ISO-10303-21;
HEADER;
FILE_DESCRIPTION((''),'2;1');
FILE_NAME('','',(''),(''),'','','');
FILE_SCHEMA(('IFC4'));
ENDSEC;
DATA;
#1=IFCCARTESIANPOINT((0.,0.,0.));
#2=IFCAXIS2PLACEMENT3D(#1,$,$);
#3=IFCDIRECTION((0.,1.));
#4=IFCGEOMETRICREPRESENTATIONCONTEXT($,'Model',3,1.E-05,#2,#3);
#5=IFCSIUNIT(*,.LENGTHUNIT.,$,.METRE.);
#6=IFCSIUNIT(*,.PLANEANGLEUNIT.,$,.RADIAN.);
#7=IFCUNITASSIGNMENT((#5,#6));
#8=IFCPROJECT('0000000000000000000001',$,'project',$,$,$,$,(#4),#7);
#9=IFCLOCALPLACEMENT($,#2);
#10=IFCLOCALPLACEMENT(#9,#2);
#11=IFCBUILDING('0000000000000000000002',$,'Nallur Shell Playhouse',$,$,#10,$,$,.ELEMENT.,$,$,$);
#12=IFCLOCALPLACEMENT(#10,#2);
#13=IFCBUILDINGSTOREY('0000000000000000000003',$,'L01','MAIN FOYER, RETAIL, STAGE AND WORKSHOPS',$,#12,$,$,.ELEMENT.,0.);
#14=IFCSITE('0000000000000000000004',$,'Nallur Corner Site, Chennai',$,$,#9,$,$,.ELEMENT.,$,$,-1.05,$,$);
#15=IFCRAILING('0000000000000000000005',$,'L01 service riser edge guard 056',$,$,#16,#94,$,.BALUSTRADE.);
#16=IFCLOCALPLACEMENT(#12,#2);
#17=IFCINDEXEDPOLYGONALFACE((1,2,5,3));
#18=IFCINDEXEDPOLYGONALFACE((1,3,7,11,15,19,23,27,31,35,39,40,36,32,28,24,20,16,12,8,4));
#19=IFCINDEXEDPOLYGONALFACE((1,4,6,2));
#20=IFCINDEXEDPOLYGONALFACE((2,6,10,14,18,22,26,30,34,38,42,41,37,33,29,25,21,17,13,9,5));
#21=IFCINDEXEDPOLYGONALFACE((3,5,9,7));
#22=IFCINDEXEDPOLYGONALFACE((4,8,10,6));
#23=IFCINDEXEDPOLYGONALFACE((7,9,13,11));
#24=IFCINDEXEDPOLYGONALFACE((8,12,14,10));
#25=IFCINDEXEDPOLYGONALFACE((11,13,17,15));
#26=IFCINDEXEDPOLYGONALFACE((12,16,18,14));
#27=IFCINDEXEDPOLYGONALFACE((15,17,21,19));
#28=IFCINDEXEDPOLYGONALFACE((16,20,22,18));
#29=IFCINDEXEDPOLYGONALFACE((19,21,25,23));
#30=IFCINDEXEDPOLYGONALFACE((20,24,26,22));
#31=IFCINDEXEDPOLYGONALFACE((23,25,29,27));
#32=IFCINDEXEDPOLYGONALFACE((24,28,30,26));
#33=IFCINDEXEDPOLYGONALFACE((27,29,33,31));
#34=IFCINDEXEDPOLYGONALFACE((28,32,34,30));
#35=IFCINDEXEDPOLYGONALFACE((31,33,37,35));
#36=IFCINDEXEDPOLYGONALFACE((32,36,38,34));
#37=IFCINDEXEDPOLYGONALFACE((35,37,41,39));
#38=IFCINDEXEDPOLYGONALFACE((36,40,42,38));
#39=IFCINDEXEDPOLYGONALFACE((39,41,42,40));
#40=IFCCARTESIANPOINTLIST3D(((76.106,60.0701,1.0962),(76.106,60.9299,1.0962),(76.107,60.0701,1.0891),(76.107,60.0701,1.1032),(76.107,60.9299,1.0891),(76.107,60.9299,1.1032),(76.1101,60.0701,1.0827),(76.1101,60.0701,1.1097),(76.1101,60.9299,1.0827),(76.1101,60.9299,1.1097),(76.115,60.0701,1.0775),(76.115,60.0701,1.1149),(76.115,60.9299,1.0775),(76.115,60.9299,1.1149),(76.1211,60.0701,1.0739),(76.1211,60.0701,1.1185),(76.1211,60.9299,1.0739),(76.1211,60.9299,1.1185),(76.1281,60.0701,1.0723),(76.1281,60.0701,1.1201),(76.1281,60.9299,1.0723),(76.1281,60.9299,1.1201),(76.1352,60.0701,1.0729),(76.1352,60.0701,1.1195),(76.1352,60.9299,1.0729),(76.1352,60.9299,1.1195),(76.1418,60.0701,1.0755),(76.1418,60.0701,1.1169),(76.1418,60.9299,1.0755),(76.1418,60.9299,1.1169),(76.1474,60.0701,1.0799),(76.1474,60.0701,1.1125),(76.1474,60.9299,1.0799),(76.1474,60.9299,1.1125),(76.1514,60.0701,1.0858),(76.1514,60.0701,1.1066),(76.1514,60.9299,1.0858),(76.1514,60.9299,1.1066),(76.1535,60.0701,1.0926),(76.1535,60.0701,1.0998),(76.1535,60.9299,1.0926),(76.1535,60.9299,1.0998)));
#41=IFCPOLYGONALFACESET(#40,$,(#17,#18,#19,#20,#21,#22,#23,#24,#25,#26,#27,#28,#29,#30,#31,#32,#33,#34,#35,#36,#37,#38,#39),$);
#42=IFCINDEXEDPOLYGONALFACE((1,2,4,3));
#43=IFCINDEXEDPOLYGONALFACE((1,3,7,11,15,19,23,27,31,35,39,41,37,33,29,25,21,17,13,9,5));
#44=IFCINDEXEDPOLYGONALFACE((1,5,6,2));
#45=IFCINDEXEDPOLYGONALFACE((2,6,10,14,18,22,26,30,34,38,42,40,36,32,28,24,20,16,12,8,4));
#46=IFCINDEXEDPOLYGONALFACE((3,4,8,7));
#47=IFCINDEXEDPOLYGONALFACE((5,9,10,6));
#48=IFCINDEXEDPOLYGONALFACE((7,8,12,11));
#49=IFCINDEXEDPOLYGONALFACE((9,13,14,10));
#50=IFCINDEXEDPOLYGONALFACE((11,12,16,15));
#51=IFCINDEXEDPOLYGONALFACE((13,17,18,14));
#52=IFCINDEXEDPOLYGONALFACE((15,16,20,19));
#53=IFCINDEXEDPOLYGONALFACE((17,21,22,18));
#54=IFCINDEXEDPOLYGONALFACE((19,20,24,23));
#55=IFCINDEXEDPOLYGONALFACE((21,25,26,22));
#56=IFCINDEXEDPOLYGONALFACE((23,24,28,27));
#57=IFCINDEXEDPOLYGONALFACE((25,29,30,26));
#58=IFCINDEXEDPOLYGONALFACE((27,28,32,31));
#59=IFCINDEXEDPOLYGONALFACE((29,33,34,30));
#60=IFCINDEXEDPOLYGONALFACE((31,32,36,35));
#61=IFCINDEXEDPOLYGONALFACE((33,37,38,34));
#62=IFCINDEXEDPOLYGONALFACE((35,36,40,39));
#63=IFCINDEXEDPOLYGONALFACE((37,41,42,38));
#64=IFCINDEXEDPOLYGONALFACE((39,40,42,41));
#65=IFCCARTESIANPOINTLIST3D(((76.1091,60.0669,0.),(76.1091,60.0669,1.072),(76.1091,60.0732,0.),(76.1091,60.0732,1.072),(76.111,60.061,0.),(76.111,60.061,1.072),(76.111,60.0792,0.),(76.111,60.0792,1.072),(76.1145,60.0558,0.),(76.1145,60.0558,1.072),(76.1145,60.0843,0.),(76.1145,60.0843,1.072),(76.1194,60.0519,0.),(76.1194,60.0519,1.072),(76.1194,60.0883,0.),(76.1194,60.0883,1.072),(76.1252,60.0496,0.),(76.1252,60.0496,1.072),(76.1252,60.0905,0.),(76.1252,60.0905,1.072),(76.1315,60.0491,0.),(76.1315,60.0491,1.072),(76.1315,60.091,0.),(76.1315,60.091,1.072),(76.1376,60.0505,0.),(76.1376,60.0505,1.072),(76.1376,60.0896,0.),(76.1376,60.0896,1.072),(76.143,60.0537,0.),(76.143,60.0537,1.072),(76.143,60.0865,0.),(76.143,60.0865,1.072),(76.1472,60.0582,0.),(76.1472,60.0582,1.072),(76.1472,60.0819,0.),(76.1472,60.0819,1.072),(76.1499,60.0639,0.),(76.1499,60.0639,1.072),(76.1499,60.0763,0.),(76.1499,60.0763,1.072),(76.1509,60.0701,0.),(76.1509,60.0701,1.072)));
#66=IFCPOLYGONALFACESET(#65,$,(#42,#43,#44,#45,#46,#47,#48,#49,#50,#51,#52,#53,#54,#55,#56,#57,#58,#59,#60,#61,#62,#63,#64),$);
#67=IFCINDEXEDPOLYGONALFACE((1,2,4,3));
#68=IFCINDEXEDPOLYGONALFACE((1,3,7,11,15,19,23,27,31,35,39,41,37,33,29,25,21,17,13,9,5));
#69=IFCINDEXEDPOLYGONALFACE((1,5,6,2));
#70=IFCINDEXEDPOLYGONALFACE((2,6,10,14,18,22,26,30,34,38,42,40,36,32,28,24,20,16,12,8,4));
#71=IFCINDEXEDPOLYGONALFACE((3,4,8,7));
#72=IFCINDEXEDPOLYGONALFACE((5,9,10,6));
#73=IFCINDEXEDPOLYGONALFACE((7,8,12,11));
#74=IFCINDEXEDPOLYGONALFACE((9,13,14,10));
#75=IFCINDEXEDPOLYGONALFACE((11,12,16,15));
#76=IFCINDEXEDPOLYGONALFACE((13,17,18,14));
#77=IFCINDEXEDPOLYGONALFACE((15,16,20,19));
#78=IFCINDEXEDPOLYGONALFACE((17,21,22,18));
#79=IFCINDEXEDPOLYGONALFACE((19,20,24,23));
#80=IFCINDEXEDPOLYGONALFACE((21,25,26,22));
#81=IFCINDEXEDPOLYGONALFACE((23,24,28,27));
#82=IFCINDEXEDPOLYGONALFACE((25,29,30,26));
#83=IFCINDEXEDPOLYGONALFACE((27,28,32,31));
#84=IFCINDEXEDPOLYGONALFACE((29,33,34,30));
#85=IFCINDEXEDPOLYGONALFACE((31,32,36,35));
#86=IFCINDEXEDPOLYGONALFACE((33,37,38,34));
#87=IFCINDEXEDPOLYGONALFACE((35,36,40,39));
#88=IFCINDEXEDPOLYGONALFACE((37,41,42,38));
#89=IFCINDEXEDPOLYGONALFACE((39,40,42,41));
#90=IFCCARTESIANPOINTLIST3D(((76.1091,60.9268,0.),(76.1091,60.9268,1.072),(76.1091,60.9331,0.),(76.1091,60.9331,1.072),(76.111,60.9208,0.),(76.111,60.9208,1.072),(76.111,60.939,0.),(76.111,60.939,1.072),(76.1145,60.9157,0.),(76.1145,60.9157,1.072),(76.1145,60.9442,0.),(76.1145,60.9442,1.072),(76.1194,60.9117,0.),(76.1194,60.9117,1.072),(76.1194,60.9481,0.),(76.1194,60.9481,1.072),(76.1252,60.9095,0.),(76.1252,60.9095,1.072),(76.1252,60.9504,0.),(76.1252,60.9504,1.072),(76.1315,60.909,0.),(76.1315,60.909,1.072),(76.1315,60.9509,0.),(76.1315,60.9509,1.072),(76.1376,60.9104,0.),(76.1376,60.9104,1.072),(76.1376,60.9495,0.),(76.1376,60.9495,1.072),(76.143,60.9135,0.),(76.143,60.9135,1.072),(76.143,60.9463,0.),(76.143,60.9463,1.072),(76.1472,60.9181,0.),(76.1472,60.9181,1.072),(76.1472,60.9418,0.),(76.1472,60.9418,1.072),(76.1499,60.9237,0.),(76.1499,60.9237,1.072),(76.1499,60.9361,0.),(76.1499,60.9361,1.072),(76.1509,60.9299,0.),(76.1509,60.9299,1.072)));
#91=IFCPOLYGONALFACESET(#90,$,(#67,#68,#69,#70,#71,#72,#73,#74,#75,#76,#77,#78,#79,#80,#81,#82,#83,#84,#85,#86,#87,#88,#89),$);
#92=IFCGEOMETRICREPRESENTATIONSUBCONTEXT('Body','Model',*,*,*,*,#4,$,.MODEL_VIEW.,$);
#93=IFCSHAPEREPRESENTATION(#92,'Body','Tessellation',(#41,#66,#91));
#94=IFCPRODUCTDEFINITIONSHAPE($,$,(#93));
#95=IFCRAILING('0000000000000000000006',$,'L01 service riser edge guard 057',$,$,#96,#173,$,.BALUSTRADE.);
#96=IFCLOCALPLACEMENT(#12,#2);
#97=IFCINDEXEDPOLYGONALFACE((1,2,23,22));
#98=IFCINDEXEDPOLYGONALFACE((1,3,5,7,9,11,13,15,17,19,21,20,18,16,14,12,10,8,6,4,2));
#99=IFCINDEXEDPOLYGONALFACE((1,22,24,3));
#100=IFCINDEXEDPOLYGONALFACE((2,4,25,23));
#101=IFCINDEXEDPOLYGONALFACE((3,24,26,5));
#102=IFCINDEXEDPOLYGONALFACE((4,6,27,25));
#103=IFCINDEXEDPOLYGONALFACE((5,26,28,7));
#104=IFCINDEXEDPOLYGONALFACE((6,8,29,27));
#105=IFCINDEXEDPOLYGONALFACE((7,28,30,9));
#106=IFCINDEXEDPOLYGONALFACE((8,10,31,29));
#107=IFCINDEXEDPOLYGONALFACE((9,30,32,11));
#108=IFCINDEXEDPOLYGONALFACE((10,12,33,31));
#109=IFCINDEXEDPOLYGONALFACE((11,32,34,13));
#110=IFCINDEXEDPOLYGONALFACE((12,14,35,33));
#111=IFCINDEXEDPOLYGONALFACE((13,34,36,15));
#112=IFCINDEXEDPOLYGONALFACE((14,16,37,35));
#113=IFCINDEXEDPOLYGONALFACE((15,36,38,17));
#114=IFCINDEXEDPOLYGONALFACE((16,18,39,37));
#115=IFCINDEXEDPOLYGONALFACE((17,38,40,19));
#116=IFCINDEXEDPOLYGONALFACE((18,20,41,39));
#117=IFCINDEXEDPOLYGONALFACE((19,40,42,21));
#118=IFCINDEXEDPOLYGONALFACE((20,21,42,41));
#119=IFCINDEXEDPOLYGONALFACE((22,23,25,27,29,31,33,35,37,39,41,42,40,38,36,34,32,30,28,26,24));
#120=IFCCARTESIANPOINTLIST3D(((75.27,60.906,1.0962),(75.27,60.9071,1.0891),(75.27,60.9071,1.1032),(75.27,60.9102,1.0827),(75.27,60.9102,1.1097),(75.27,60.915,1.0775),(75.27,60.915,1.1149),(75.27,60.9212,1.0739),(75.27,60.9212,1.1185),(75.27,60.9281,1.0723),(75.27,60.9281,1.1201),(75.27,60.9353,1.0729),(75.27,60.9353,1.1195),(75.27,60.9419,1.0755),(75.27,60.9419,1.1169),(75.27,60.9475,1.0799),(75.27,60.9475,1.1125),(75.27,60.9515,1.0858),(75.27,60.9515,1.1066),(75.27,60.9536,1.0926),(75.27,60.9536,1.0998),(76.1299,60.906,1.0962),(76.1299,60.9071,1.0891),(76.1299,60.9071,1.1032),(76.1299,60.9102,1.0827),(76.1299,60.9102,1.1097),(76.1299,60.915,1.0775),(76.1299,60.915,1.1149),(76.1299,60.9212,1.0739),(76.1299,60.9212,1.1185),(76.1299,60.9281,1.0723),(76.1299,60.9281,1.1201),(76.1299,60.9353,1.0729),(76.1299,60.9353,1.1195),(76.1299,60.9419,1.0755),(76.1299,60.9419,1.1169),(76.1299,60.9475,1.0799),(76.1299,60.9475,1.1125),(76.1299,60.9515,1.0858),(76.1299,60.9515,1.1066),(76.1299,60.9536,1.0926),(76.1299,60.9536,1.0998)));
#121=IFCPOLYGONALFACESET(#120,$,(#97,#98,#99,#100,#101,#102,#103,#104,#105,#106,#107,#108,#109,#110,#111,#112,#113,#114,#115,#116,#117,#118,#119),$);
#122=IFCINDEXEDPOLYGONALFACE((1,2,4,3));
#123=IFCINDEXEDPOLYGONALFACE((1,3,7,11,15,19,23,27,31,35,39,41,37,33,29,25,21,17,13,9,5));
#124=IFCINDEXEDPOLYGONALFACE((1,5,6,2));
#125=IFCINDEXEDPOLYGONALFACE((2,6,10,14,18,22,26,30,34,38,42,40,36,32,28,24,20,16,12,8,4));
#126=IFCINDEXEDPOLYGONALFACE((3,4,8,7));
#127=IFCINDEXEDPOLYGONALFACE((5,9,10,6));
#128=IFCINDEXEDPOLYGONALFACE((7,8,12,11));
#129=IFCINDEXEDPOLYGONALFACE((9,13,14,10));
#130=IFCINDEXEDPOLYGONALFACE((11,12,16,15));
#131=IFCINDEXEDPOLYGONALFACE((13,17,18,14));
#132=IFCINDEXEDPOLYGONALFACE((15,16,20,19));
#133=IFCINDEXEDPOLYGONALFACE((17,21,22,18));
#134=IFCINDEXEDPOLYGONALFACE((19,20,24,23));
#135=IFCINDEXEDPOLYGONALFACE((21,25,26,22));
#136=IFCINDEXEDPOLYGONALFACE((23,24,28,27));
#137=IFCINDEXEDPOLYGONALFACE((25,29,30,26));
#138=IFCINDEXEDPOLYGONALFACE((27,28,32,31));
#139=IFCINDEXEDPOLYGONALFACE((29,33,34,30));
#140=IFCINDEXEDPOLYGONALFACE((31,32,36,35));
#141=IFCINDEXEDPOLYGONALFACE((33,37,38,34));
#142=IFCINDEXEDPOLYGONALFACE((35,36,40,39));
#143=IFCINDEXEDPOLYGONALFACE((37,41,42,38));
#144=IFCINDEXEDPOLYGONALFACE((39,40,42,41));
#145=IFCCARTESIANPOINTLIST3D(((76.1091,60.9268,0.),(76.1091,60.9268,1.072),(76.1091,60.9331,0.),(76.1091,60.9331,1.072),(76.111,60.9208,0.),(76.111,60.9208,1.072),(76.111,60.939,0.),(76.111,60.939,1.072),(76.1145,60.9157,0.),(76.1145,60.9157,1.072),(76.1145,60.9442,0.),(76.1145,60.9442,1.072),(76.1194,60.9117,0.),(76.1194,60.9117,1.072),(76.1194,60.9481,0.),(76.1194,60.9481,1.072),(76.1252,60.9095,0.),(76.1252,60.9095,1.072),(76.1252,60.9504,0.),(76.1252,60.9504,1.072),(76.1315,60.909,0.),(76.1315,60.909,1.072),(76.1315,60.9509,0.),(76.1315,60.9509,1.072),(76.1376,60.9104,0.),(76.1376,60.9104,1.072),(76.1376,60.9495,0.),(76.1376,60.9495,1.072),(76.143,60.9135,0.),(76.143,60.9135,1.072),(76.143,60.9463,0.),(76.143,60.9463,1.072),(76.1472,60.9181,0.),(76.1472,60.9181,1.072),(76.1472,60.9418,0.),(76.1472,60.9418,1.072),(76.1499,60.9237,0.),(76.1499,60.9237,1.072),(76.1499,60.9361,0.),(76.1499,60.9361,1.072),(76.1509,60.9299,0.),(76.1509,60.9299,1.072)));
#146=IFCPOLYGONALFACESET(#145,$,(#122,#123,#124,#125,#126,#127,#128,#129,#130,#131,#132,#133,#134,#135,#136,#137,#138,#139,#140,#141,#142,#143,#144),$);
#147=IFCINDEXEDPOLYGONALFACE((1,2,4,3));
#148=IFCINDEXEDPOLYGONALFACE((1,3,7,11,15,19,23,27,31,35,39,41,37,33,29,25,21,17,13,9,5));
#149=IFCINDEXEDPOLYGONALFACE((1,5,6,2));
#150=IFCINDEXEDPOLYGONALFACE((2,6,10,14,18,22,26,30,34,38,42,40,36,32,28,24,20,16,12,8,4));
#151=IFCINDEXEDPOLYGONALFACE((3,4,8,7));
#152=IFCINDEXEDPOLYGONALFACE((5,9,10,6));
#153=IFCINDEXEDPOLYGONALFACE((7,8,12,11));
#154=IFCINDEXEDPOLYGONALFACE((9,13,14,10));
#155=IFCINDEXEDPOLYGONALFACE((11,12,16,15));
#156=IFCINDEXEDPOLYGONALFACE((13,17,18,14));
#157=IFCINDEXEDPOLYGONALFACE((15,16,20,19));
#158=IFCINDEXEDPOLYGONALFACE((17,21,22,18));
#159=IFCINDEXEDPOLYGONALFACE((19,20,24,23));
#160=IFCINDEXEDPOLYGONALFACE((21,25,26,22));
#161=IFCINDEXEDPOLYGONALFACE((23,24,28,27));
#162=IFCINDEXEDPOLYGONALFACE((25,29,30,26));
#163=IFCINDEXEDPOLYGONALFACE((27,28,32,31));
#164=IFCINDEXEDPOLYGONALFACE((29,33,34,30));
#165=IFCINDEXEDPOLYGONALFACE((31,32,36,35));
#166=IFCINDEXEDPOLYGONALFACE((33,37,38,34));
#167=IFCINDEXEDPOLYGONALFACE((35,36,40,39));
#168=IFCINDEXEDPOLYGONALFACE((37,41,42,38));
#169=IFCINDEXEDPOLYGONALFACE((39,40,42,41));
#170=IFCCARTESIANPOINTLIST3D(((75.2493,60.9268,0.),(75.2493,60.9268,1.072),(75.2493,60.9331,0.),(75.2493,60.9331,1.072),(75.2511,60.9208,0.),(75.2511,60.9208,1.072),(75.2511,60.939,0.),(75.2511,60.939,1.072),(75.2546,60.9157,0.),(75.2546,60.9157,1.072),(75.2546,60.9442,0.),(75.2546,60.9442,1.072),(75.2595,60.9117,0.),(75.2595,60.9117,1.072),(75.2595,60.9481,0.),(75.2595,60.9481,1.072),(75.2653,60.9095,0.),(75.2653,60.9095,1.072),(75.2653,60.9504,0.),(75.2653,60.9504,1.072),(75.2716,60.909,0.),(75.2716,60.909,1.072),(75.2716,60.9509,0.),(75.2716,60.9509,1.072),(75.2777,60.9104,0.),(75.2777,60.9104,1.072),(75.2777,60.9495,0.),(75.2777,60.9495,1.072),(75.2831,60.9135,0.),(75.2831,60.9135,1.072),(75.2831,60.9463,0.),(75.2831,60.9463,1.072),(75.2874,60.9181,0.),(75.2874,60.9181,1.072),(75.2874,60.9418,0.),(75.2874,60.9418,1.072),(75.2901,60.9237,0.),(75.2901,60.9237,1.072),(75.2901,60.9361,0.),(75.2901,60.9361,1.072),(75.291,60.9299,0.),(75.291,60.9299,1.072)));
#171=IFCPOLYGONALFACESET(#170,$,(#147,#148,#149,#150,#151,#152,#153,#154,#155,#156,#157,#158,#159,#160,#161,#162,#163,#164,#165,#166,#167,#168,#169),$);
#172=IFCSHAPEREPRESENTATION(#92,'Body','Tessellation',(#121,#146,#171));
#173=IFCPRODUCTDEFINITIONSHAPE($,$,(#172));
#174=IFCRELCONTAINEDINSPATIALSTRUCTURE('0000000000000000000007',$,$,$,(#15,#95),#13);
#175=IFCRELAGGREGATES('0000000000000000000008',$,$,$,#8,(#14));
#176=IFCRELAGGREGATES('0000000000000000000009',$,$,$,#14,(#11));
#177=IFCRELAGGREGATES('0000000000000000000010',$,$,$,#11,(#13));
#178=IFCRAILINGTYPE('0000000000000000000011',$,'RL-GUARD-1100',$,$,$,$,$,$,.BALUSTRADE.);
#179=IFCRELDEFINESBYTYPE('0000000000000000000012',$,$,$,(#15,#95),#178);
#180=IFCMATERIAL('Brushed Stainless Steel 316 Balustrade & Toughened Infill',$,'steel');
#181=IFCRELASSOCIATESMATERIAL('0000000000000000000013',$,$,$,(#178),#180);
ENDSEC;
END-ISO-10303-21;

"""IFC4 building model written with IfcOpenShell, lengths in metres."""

from ifc_helpers import new_model, si_unit, direction, frame, origin, origin_2d, place, context, subcontext, project, spatial, circle, extrude, material, type_object, element, save


model = new_model("IFC4")

# Units and contexts
model_context = context("Model", 3, precision=1e-05, world=origin(), true_north=direction((0.0, 1.0)))
body_context = subcontext(model_context, "Body", "Model", "MODEL_VIEW")
ifc_project = project(units=[si_unit("LENGTHUNIT", "METRE"), si_unit("PLANEANGLEUNIT", "RADIAN")], contexts=[model_context])

# Site, building, storey
site_placement = place(None, origin())
site = spatial("IfcSite", under=ifc_project, at=site_placement, Name="Nallur Corner Site, Chennai", CompositionType="ELEMENT", RefElevation=-1.05)
building_placement = place(site_placement, origin())
building = spatial("IfcBuilding", under=site, at=building_placement, Name="Nallur Shell Playhouse", CompositionType="ELEMENT")
storey_placement = place(building_placement, origin())
storey = spatial("IfcBuildingStorey", under=building, at=storey_placement, Name="L01", Description="MAIN FOYER, RETAIL, STAGE AND WORKSHOPS", CompositionType="ELEMENT", Elevation=0.0)

# Railings
ifc_material_1 = material(Name="Brushed Stainless Steel 316 Balustrade & Toughened Infill", Category="steel")
railing_type = type_object("IfcRailingType", Name="RL-GUARD-1100", PredefinedType="BALUSTRADE", material=ifc_material_1)
railing_1_placement = place(storey_placement, frame((76.1299, 60.0701, 0.0)))
element("IfcRailing", 1, at=railing_1_placement, inside=storey, type_object=railing_type, Name="L01 service riser edge guard 056", PredefinedType="BALUSTRADE", context=body_context, shape_type="SweptSolid", body=[
    extrude(circle(Radius=0.0239, at=origin_2d()), frame((0.0, 0.0, 1.0962), z_axis=(0.0, 1.0, 0.0), x_axis=(-1.0, 0.0, 0.0)), (0.0, 0.0, 1.0), 0.8599),
    extrude(circle(Radius=0.021, at=origin_2d()), origin(), (0.0, 0.0, 1.0), 1.072),
    extrude(circle(Radius=0.021, at=origin_2d()), frame((0.0, 0.8599, 0.0)), (0.0, 0.0, 1.0), 1.072),
])
railing_2_placement = place(storey_placement, frame((76.1299, 60.9299, 0.0)))
element("IfcRailing", 2, at=railing_2_placement, inside=storey, type_object=railing_type, Name="L01 service riser edge guard 057", PredefinedType="BALUSTRADE", context=body_context, shape_type="SweptSolid", body=[
    extrude(circle(Radius=0.0239, at=origin_2d()), frame((0.0, 0.0, 1.0962), z_axis=(-1.0, 0.0, 0.0), x_axis=(0.0, -1.0, 0.0)), (0.0, 0.0, 1.0), 0.8599),
    extrude(circle(Radius=0.021, at=origin_2d()), origin(), (0.0, 0.0, 1.0), 1.072),
    extrude(circle(Radius=0.021, at=origin_2d()), frame((-0.8599, 0.0, 0.0)), (0.0, 0.0, 1.0), 1.072),
])

save(model, "model.ifc")
